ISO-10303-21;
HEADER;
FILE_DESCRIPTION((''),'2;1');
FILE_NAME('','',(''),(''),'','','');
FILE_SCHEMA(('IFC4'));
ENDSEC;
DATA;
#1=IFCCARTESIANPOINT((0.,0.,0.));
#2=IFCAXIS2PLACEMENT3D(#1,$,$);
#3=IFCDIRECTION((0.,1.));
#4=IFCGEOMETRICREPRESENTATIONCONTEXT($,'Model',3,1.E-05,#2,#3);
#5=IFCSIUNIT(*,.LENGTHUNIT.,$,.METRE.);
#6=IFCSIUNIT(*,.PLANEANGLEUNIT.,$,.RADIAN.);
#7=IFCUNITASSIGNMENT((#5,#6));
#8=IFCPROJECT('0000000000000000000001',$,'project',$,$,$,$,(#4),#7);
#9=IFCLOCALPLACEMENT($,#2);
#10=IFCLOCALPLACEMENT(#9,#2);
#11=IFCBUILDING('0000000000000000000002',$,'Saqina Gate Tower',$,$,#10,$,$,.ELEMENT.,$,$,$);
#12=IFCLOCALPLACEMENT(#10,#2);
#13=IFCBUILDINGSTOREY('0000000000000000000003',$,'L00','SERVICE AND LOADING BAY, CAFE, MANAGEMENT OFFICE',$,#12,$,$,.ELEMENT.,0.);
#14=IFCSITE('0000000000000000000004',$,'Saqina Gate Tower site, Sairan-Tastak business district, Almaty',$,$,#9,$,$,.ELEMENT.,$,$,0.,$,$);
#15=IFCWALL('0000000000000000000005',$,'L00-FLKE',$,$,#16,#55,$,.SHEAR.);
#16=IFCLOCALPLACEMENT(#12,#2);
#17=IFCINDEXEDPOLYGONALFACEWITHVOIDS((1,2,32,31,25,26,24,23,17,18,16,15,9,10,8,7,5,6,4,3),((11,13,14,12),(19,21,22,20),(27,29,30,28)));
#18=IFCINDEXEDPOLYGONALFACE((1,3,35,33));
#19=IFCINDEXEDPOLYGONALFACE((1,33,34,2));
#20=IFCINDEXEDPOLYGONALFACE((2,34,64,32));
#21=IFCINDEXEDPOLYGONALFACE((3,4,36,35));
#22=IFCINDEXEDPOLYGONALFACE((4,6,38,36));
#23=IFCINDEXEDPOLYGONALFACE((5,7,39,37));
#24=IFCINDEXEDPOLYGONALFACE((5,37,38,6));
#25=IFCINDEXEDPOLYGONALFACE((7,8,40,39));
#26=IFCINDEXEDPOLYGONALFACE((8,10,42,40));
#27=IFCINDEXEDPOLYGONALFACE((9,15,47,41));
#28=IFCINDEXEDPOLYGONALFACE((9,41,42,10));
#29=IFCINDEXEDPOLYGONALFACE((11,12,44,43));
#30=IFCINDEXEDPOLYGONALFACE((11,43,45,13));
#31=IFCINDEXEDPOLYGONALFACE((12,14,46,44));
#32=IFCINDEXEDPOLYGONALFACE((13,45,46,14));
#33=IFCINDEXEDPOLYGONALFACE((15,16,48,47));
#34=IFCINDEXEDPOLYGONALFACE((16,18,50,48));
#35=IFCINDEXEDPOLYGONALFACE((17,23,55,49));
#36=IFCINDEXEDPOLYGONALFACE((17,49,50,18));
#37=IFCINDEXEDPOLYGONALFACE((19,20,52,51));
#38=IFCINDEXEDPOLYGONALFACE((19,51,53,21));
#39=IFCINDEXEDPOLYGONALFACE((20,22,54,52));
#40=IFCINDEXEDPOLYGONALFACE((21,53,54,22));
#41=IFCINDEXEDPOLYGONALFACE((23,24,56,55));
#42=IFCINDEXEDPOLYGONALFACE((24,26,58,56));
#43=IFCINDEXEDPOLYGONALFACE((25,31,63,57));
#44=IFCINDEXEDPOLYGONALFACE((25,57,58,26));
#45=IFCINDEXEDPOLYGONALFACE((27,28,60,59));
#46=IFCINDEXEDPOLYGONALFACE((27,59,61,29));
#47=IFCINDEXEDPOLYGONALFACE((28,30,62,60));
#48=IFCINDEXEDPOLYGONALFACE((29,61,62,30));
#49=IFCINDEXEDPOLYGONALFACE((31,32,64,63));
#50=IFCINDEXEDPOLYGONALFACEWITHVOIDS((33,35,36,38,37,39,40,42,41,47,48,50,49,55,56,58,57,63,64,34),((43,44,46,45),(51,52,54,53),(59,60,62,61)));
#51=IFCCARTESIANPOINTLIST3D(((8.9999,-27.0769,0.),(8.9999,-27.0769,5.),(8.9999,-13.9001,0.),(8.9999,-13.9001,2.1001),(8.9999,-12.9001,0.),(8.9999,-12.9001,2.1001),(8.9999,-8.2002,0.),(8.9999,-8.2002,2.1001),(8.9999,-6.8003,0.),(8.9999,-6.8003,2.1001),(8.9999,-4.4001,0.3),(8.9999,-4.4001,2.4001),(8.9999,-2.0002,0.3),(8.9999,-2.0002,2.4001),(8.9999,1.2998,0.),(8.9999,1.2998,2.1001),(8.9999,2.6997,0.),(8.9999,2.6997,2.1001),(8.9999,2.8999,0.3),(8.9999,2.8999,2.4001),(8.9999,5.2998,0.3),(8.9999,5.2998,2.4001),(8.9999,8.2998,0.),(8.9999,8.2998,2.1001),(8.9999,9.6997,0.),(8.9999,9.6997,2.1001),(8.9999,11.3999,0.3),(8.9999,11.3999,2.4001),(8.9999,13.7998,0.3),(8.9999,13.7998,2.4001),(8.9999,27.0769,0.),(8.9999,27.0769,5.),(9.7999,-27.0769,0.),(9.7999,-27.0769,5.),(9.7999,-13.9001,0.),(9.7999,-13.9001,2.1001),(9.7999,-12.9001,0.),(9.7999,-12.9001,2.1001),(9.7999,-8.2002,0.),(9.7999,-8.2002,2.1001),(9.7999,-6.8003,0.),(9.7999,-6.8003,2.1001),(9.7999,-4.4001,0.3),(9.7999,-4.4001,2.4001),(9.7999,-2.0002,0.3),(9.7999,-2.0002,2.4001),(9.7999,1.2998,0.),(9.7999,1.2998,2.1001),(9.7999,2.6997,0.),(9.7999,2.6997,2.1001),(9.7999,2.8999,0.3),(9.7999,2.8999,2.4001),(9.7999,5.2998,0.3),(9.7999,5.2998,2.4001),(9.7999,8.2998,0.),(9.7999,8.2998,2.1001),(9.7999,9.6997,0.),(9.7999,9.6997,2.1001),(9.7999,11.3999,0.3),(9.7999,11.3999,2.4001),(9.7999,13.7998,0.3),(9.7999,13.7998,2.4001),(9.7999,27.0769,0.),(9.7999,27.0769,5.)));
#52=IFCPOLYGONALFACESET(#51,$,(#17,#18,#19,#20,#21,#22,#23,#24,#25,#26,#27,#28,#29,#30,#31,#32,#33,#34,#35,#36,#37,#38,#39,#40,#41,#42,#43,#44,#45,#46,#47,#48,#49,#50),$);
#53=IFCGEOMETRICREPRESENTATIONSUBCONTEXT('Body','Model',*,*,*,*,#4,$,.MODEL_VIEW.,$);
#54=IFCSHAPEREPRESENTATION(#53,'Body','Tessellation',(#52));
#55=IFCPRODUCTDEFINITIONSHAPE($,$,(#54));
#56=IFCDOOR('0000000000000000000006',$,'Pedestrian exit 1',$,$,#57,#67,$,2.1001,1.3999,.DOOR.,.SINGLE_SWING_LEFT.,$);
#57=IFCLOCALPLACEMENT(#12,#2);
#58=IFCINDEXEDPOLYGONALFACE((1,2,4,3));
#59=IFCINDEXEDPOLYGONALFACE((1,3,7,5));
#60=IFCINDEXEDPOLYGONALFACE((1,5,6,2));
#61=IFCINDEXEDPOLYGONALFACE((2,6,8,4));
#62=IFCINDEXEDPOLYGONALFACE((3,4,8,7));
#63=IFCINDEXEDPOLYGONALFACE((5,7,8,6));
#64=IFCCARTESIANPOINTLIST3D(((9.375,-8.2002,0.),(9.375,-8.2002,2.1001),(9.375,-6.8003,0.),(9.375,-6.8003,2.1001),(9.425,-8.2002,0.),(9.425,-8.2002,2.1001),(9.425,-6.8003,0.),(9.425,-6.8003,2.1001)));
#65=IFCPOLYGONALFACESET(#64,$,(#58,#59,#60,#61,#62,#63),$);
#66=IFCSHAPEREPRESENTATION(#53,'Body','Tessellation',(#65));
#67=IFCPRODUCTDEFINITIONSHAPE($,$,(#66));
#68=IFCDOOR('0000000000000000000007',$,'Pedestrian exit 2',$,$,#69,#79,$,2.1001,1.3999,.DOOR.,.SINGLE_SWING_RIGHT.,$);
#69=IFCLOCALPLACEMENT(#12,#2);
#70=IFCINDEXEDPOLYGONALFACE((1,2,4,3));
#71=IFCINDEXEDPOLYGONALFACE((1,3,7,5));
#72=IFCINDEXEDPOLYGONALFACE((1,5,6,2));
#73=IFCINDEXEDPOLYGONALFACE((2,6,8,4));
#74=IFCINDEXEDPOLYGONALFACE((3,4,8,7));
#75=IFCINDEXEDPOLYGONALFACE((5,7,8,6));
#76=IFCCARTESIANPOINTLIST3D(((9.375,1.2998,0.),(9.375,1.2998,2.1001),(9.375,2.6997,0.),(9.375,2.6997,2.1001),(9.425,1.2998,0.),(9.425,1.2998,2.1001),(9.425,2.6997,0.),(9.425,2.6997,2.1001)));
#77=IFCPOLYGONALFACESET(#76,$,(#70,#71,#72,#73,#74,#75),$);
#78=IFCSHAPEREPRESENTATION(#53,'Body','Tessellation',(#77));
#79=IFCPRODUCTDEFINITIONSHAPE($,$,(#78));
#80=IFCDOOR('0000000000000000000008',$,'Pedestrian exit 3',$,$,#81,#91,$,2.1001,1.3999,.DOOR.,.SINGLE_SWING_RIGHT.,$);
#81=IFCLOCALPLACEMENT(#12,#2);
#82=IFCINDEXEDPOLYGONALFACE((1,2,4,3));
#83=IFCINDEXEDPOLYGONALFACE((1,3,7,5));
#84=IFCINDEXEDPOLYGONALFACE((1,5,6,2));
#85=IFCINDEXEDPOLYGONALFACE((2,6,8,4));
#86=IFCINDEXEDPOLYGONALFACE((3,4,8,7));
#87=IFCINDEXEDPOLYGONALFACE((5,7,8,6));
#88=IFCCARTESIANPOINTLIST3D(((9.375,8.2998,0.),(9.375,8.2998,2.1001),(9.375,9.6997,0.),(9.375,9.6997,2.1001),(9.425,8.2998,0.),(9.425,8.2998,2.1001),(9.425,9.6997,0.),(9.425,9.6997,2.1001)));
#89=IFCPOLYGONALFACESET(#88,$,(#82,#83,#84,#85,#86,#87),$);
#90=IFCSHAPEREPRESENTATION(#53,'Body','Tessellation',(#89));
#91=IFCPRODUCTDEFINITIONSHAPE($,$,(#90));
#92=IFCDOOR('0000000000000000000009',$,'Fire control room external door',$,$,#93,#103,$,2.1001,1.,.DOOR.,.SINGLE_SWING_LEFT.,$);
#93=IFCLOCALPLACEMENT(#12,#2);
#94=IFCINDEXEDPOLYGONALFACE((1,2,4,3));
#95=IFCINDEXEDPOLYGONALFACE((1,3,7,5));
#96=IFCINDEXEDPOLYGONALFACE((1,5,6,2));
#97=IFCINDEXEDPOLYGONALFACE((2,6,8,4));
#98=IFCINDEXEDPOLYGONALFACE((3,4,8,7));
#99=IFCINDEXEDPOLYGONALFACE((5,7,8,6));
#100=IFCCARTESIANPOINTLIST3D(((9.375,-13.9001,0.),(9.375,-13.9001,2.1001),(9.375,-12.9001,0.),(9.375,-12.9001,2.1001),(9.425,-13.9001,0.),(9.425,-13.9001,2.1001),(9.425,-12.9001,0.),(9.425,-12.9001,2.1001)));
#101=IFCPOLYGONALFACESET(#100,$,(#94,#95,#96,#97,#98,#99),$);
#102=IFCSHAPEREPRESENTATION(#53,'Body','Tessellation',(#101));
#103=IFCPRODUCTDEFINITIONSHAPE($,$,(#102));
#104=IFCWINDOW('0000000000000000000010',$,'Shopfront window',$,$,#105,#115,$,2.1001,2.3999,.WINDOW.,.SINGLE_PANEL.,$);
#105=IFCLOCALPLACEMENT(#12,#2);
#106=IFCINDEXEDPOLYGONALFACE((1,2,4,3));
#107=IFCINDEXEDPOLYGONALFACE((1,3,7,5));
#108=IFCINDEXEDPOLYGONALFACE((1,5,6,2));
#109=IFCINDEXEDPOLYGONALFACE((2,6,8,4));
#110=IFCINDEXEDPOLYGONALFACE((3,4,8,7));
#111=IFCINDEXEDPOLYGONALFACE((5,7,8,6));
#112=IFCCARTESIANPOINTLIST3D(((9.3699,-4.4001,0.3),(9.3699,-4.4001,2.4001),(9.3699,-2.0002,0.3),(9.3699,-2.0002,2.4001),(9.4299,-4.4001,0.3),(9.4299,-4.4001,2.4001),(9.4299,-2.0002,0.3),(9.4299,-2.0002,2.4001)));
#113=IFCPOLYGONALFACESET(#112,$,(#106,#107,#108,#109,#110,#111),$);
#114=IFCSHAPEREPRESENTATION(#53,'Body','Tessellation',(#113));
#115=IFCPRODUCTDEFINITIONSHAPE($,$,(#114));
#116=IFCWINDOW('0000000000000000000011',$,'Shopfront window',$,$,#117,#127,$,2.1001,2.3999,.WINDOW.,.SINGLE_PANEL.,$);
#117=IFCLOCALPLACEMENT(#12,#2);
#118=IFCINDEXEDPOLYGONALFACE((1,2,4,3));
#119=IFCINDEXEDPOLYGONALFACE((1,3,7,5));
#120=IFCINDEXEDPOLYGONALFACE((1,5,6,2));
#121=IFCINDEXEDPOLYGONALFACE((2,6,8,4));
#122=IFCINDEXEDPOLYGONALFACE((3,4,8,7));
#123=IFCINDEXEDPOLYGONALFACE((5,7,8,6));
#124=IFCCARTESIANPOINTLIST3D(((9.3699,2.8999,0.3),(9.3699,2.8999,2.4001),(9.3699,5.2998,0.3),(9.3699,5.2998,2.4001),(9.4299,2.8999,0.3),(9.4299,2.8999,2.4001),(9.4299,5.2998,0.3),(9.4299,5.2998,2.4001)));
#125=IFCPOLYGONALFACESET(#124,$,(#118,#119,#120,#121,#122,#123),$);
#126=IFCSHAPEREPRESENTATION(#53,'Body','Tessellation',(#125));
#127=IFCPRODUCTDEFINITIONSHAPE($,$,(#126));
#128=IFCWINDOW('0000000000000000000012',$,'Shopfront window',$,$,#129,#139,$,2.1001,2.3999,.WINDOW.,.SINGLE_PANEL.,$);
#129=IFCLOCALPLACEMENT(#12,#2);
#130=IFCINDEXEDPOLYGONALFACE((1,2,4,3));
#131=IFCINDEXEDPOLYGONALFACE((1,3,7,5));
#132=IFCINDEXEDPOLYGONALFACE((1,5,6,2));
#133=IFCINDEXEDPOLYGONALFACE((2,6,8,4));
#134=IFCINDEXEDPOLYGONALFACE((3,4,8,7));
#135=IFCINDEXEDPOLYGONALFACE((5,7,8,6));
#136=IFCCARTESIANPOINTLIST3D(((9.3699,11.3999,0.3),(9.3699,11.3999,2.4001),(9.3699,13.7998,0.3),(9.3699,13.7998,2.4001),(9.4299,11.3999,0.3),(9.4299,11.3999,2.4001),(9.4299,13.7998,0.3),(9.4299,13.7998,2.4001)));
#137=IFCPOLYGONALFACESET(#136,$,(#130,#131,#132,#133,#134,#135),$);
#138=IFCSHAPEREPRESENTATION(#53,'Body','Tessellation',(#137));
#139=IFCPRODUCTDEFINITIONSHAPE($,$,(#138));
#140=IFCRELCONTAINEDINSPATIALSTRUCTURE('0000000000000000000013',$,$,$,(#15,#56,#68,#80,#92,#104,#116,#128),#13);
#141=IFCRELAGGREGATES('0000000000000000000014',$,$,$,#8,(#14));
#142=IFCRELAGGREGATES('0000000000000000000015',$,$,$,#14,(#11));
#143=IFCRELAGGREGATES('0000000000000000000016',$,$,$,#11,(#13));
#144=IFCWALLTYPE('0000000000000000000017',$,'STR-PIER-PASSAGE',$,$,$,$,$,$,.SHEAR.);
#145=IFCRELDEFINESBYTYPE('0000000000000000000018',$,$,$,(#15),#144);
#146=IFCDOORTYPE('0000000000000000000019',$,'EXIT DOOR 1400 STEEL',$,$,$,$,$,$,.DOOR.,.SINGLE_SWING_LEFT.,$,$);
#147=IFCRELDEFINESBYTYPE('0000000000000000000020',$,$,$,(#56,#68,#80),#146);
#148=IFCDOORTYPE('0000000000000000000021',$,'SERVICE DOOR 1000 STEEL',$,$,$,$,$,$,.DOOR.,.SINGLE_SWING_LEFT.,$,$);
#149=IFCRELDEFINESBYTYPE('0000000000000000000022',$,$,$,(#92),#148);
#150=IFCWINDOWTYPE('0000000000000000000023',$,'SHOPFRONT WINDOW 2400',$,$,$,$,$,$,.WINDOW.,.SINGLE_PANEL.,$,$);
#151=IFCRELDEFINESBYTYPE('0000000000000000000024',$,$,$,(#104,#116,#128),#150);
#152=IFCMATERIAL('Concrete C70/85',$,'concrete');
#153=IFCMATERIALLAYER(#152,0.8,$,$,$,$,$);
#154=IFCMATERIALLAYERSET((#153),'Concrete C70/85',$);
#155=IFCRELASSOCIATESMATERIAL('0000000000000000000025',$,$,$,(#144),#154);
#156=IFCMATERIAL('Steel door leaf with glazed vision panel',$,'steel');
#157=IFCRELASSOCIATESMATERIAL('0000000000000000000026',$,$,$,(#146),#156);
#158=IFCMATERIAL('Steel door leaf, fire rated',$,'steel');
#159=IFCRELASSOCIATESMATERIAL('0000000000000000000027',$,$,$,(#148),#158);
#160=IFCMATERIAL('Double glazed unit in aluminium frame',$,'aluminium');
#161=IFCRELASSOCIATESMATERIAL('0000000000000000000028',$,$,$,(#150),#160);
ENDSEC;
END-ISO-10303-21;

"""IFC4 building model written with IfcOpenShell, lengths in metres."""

from ifc_helpers import new_model, si_unit, direction, frame, frame_2d, origin, place, context, subcontext, project, spatial, rectangle, extrude, material, layer, layer_set, type_object, element, fill, save


model = new_model("IFC4")

# Units and contexts
model_context = context("Model", 3, precision=1e-05, world=origin(), true_north=direction((0.0, 1.0)))
body_context = subcontext(model_context, "Body", "Model", "MODEL_VIEW")
ifc_project = project(units=[si_unit("LENGTHUNIT", "METRE"), si_unit("PLANEANGLEUNIT", "RADIAN")], contexts=[model_context])

# Site, building, storey
site_placement = place(None, origin())
site = spatial("IfcSite", under=ifc_project, at=site_placement, Name="Saqina Gate Tower site, Sairan-Tastak business district, Almaty", CompositionType="ELEMENT", RefElevation=0.0)
building_placement = place(site_placement, origin())
building = spatial("IfcBuilding", under=site, at=building_placement, Name="Saqina Gate Tower", CompositionType="ELEMENT")
storey_placement = place(building_placement, origin())
storey = spatial("IfcBuildingStorey", under=building, at=storey_placement, Name="L00", Description="SERVICE AND LOADING BAY, CAFE, MANAGEMENT OFFICE", CompositionType="ELEMENT", Elevation=0.0)

# Wall, openings, doors, windows
ifc_material_1 = material(Name="Concrete C70/85", Category="concrete")
ifc_layer_1 = layer(ifc_material_1, 0.8)
ifc_layer_set_1 = layer_set([ifc_layer_1], Name="Concrete C70/85")
wall_type_1 = type_object("IfcWallType", Name="STR-PIER-PASSAGE", PredefinedType="SHEAR", material=ifc_layer_set_1)
wall_1_placement = place(storey_placement, frame((9.3999, -27.0769, 0.0), z_axis=(0.0, 0.0, 1.0), x_axis=(0.0, 1.0, 0.0)))
wall_1 = element("IfcWall", 1, at=wall_1_placement, inside=storey, type_object=wall_type_1, Name="L00-FLKE", PredefinedType="SHEAR", context=body_context, shape_type="SweptSolid", body=[
    extrude(rectangle(XDim=54.1538, YDim=0.8, at=frame_2d((27.0769, 0.0))), origin(), (0.0, 0.0, 1.0), 5.0),
])
opening_1_placement = place(wall_1_placement, frame((18.8767, 0.0, 0.0)))
opening_1 = element("IfcOpeningElement", 2, at=opening_1_placement, cuts=wall_1, PredefinedType="OPENING", context=body_context, shape_type="SweptSolid", body=[
    extrude(rectangle(XDim=1.3999, YDim=2.1001, at=frame_2d((0.7, 1.05))), frame((0.0, 0.4121, 0.0), z_axis=(0.0, -1.0, 0.0), x_axis=(1.0, 0.0, 0.0)), (0.0, 0.0, 1.0), 0.824),
])
opening_2_placement = place(wall_1_placement, frame((22.6768, 0.0, 0.3)))
opening_2 = element("IfcOpeningElement", 3, at=opening_2_placement, cuts=wall_1, PredefinedType="OPENING", context=body_context, shape_type="SweptSolid", body=[
    extrude(rectangle(XDim=2.3999, YDim=2.1001, at=frame_2d((1.2, 1.05))), frame((0.0, 0.4121, 0.0), z_axis=(0.0, -1.0, 0.0), x_axis=(1.0, 0.0, 0.0)), (0.0, 0.0, 1.0), 0.824),
])
opening_3_placement = place(wall_1_placement, frame((28.3767, 0.0, 0.0)))
opening_3 = element("IfcOpeningElement", 4, at=opening_3_placement, cuts=wall_1, PredefinedType="OPENING", context=body_context, shape_type="SweptSolid", body=[
    extrude(rectangle(XDim=1.3999, YDim=2.1001, at=frame_2d((0.7, 1.05))), frame((0.0, 0.4121, 0.0), z_axis=(0.0, -1.0, 0.0), x_axis=(1.0, 0.0, 0.0)), (0.0, 0.0, 1.0), 0.824),
])
opening_4_placement = place(wall_1_placement, frame((29.9768, 0.0, 0.3)))
opening_4 = element("IfcOpeningElement", 5, at=opening_4_placement, cuts=wall_1, PredefinedType="OPENING", context=body_context, shape_type="SweptSolid", body=[
    extrude(rectangle(XDim=2.3999, YDim=2.1001, at=frame_2d((1.2, 1.05))), frame((0.0, 0.4121, 0.0), z_axis=(0.0, -1.0, 0.0), x_axis=(1.0, 0.0, 0.0)), (0.0, 0.0, 1.0), 0.824),
])
opening_5_placement = place(wall_1_placement, frame((35.3767, 0.0, 0.0)))
opening_5 = element("IfcOpeningElement", 6, at=opening_5_placement, cuts=wall_1, PredefinedType="OPENING", context=body_context, shape_type="SweptSolid", body=[
    extrude(rectangle(XDim=1.3999, YDim=2.1001, at=frame_2d((0.7, 1.05))), frame((0.0, 0.4121, 0.0), z_axis=(0.0, -1.0, 0.0), x_axis=(1.0, 0.0, 0.0)), (0.0, 0.0, 1.0), 0.824),
])
opening_6_placement = place(wall_1_placement, frame((38.4768, 0.0, 0.3)))
opening_6 = element("IfcOpeningElement", 7, at=opening_6_placement, cuts=wall_1, PredefinedType="OPENING", context=body_context, shape_type="SweptSolid", body=[
    extrude(rectangle(XDim=2.3999, YDim=2.1001, at=frame_2d((1.2, 1.05))), frame((0.0, 0.4121, 0.0), z_axis=(0.0, -1.0, 0.0), x_axis=(1.0, 0.0, 0.0)), (0.0, 0.0, 1.0), 0.824),
])
opening_7_placement = place(wall_1_placement, frame((13.1768, 0.0, 0.0)))
opening_7 = element("IfcOpeningElement", 8, at=opening_7_placement, cuts=wall_1, PredefinedType="OPENING", context=body_context, shape_type="SweptSolid", body=[
    extrude(rectangle(XDim=1.0, YDim=2.1001, at=frame_2d((0.5, 1.05))), frame((0.0, 0.4121, 0.0), z_axis=(0.0, -1.0, 0.0), x_axis=(1.0, 0.0, 0.0)), (0.0, 0.0, 1.0), 0.824),
])
ifc_material_2 = material(Name="Steel door leaf with glazed vision panel", Category="steel")
door_type_1 = type_object("IfcDoorType", Name="EXIT DOOR 1400 STEEL", OperationType="SINGLE_SWING_LEFT", PredefinedType="DOOR", material=ifc_material_2)
door_1_placement = place(opening_1_placement, origin())
door_1 = element("IfcDoor", 9, at=door_1_placement, inside=storey, type_object=door_type_1, Name="Pedestrian exit 1", OperationType="SINGLE_SWING_LEFT", OverallHeight=2.1001, OverallWidth=1.3999, PredefinedType="DOOR", context=body_context, shape_type="SweptSolid", body=[
    extrude(rectangle(XDim=1.3999, YDim=2.1001, at=frame_2d((0.7, 1.05))), frame((0.0, 0.0249, 0.0), z_axis=(0.0, -1.0, 0.0), x_axis=(1.0, 0.0, 0.0)), (0.0, 0.0, 1.0), 0.05),
])
fill(opening_1, door_1)
door_2_placement = place(opening_3_placement, origin())
door_2 = element("IfcDoor", 10, at=door_2_placement, inside=storey, type_object=door_type_1, Name="Pedestrian exit 2", OperationType="SINGLE_SWING_RIGHT", OverallHeight=2.1001, OverallWidth=1.3999, PredefinedType="DOOR", context=body_context, shape_type="SweptSolid", body=[
    extrude(rectangle(XDim=1.3999, YDim=2.1001, at=frame_2d((0.7, 1.05))), frame((0.0, 0.0249, 0.0), z_axis=(0.0, -1.0, 0.0), x_axis=(1.0, 0.0, 0.0)), (0.0, 0.0, 1.0), 0.05),
])
fill(opening_3, door_2)
door_3_placement = place(opening_5_placement, origin())
door_3 = element("IfcDoor", 11, at=door_3_placement, inside=storey, type_object=door_type_1, Name="Pedestrian exit 3", OperationType="SINGLE_SWING_RIGHT", OverallHeight=2.1001, OverallWidth=1.3999, PredefinedType="DOOR", context=body_context, shape_type="SweptSolid", body=[
    extrude(rectangle(XDim=1.3999, YDim=2.1001, at=frame_2d((0.7, 1.05))), frame((0.0, 0.0249, 0.0), z_axis=(0.0, -1.0, 0.0), x_axis=(1.0, 0.0, 0.0)), (0.0, 0.0, 1.0), 0.05),
])
fill(opening_5, door_3)
ifc_material_3 = material(Name="Steel door leaf, fire rated", Category="steel")
door_type_2 = type_object("IfcDoorType", Name="SERVICE DOOR 1000 STEEL", OperationType="SINGLE_SWING_LEFT", PredefinedType="DOOR", material=ifc_material_3)
door_4_placement = place(opening_7_placement, origin())
door_4 = element("IfcDoor", 12, at=door_4_placement, inside=storey, type_object=door_type_2, Name="Fire control room external door", OperationType="SINGLE_SWING_LEFT", OverallHeight=2.1001, OverallWidth=1.0, PredefinedType="DOOR", context=body_context, shape_type="SweptSolid", body=[
    extrude(rectangle(XDim=1.0, YDim=2.1001, at=frame_2d((0.5, 1.05))), frame((0.0, 0.0249, 0.0), z_axis=(0.0, -1.0, 0.0), x_axis=(1.0, 0.0, 0.0)), (0.0, 0.0, 1.0), 0.05),
])
fill(opening_7, door_4)
ifc_material_4 = material(Name="Double glazed unit in aluminium frame", Category="aluminium")
window_type = type_object("IfcWindowType", Name="SHOPFRONT WINDOW 2400", PartitioningType="SINGLE_PANEL", PredefinedType="WINDOW", material=ifc_material_4)
window_1_placement = place(opening_2_placement, origin())
window_1 = element("IfcWindow", 13, at=window_1_placement, inside=storey, type_object=window_type, Name="Shopfront window", OverallHeight=2.1001, OverallWidth=2.3999, PartitioningType="SINGLE_PANEL", PredefinedType="WINDOW", context=body_context, shape_type="SweptSolid", body=[
    extrude(rectangle(XDim=2.3999, YDim=2.1001, at=frame_2d((1.2, 1.05))), frame((0.0, 0.03, 0.0), z_axis=(0.0, -1.0, 0.0), x_axis=(1.0, 0.0, 0.0)), (0.0, 0.0, 1.0), 0.0601),
])
fill(opening_2, window_1)
window_2_placement = place(opening_4_placement, origin())
window_2 = element("IfcWindow", 14, at=window_2_placement, inside=storey, type_object=window_type, Name="Shopfront window", OverallHeight=2.1001, OverallWidth=2.3999, PartitioningType="SINGLE_PANEL", PredefinedType="WINDOW", context=body_context, shape_type="SweptSolid", body=[
    extrude(rectangle(XDim=2.3999, YDim=2.1001, at=frame_2d((1.2, 1.05))), frame((0.0, 0.03, 0.0), z_axis=(0.0, -1.0, 0.0), x_axis=(1.0, 0.0, 0.0)), (0.0, 0.0, 1.0), 0.0601),
])
fill(opening_4, window_2)
window_3_placement = place(opening_6_placement, origin())
window_3 = element("IfcWindow", 15, at=window_3_placement, inside=storey, type_object=window_type, Name="Shopfront window", OverallHeight=2.1001, OverallWidth=2.3999, PartitioningType="SINGLE_PANEL", PredefinedType="WINDOW", context=body_context, shape_type="SweptSolid", body=[
    extrude(rectangle(XDim=2.3999, YDim=2.1001, at=frame_2d((1.2, 1.05))), frame((0.0, 0.03, 0.0), z_axis=(0.0, -1.0, 0.0), x_axis=(1.0, 0.0, 0.0)), (0.0, 0.0, 1.0), 0.0601),
])
fill(opening_6, window_3)

save(model, "model.ifc")
